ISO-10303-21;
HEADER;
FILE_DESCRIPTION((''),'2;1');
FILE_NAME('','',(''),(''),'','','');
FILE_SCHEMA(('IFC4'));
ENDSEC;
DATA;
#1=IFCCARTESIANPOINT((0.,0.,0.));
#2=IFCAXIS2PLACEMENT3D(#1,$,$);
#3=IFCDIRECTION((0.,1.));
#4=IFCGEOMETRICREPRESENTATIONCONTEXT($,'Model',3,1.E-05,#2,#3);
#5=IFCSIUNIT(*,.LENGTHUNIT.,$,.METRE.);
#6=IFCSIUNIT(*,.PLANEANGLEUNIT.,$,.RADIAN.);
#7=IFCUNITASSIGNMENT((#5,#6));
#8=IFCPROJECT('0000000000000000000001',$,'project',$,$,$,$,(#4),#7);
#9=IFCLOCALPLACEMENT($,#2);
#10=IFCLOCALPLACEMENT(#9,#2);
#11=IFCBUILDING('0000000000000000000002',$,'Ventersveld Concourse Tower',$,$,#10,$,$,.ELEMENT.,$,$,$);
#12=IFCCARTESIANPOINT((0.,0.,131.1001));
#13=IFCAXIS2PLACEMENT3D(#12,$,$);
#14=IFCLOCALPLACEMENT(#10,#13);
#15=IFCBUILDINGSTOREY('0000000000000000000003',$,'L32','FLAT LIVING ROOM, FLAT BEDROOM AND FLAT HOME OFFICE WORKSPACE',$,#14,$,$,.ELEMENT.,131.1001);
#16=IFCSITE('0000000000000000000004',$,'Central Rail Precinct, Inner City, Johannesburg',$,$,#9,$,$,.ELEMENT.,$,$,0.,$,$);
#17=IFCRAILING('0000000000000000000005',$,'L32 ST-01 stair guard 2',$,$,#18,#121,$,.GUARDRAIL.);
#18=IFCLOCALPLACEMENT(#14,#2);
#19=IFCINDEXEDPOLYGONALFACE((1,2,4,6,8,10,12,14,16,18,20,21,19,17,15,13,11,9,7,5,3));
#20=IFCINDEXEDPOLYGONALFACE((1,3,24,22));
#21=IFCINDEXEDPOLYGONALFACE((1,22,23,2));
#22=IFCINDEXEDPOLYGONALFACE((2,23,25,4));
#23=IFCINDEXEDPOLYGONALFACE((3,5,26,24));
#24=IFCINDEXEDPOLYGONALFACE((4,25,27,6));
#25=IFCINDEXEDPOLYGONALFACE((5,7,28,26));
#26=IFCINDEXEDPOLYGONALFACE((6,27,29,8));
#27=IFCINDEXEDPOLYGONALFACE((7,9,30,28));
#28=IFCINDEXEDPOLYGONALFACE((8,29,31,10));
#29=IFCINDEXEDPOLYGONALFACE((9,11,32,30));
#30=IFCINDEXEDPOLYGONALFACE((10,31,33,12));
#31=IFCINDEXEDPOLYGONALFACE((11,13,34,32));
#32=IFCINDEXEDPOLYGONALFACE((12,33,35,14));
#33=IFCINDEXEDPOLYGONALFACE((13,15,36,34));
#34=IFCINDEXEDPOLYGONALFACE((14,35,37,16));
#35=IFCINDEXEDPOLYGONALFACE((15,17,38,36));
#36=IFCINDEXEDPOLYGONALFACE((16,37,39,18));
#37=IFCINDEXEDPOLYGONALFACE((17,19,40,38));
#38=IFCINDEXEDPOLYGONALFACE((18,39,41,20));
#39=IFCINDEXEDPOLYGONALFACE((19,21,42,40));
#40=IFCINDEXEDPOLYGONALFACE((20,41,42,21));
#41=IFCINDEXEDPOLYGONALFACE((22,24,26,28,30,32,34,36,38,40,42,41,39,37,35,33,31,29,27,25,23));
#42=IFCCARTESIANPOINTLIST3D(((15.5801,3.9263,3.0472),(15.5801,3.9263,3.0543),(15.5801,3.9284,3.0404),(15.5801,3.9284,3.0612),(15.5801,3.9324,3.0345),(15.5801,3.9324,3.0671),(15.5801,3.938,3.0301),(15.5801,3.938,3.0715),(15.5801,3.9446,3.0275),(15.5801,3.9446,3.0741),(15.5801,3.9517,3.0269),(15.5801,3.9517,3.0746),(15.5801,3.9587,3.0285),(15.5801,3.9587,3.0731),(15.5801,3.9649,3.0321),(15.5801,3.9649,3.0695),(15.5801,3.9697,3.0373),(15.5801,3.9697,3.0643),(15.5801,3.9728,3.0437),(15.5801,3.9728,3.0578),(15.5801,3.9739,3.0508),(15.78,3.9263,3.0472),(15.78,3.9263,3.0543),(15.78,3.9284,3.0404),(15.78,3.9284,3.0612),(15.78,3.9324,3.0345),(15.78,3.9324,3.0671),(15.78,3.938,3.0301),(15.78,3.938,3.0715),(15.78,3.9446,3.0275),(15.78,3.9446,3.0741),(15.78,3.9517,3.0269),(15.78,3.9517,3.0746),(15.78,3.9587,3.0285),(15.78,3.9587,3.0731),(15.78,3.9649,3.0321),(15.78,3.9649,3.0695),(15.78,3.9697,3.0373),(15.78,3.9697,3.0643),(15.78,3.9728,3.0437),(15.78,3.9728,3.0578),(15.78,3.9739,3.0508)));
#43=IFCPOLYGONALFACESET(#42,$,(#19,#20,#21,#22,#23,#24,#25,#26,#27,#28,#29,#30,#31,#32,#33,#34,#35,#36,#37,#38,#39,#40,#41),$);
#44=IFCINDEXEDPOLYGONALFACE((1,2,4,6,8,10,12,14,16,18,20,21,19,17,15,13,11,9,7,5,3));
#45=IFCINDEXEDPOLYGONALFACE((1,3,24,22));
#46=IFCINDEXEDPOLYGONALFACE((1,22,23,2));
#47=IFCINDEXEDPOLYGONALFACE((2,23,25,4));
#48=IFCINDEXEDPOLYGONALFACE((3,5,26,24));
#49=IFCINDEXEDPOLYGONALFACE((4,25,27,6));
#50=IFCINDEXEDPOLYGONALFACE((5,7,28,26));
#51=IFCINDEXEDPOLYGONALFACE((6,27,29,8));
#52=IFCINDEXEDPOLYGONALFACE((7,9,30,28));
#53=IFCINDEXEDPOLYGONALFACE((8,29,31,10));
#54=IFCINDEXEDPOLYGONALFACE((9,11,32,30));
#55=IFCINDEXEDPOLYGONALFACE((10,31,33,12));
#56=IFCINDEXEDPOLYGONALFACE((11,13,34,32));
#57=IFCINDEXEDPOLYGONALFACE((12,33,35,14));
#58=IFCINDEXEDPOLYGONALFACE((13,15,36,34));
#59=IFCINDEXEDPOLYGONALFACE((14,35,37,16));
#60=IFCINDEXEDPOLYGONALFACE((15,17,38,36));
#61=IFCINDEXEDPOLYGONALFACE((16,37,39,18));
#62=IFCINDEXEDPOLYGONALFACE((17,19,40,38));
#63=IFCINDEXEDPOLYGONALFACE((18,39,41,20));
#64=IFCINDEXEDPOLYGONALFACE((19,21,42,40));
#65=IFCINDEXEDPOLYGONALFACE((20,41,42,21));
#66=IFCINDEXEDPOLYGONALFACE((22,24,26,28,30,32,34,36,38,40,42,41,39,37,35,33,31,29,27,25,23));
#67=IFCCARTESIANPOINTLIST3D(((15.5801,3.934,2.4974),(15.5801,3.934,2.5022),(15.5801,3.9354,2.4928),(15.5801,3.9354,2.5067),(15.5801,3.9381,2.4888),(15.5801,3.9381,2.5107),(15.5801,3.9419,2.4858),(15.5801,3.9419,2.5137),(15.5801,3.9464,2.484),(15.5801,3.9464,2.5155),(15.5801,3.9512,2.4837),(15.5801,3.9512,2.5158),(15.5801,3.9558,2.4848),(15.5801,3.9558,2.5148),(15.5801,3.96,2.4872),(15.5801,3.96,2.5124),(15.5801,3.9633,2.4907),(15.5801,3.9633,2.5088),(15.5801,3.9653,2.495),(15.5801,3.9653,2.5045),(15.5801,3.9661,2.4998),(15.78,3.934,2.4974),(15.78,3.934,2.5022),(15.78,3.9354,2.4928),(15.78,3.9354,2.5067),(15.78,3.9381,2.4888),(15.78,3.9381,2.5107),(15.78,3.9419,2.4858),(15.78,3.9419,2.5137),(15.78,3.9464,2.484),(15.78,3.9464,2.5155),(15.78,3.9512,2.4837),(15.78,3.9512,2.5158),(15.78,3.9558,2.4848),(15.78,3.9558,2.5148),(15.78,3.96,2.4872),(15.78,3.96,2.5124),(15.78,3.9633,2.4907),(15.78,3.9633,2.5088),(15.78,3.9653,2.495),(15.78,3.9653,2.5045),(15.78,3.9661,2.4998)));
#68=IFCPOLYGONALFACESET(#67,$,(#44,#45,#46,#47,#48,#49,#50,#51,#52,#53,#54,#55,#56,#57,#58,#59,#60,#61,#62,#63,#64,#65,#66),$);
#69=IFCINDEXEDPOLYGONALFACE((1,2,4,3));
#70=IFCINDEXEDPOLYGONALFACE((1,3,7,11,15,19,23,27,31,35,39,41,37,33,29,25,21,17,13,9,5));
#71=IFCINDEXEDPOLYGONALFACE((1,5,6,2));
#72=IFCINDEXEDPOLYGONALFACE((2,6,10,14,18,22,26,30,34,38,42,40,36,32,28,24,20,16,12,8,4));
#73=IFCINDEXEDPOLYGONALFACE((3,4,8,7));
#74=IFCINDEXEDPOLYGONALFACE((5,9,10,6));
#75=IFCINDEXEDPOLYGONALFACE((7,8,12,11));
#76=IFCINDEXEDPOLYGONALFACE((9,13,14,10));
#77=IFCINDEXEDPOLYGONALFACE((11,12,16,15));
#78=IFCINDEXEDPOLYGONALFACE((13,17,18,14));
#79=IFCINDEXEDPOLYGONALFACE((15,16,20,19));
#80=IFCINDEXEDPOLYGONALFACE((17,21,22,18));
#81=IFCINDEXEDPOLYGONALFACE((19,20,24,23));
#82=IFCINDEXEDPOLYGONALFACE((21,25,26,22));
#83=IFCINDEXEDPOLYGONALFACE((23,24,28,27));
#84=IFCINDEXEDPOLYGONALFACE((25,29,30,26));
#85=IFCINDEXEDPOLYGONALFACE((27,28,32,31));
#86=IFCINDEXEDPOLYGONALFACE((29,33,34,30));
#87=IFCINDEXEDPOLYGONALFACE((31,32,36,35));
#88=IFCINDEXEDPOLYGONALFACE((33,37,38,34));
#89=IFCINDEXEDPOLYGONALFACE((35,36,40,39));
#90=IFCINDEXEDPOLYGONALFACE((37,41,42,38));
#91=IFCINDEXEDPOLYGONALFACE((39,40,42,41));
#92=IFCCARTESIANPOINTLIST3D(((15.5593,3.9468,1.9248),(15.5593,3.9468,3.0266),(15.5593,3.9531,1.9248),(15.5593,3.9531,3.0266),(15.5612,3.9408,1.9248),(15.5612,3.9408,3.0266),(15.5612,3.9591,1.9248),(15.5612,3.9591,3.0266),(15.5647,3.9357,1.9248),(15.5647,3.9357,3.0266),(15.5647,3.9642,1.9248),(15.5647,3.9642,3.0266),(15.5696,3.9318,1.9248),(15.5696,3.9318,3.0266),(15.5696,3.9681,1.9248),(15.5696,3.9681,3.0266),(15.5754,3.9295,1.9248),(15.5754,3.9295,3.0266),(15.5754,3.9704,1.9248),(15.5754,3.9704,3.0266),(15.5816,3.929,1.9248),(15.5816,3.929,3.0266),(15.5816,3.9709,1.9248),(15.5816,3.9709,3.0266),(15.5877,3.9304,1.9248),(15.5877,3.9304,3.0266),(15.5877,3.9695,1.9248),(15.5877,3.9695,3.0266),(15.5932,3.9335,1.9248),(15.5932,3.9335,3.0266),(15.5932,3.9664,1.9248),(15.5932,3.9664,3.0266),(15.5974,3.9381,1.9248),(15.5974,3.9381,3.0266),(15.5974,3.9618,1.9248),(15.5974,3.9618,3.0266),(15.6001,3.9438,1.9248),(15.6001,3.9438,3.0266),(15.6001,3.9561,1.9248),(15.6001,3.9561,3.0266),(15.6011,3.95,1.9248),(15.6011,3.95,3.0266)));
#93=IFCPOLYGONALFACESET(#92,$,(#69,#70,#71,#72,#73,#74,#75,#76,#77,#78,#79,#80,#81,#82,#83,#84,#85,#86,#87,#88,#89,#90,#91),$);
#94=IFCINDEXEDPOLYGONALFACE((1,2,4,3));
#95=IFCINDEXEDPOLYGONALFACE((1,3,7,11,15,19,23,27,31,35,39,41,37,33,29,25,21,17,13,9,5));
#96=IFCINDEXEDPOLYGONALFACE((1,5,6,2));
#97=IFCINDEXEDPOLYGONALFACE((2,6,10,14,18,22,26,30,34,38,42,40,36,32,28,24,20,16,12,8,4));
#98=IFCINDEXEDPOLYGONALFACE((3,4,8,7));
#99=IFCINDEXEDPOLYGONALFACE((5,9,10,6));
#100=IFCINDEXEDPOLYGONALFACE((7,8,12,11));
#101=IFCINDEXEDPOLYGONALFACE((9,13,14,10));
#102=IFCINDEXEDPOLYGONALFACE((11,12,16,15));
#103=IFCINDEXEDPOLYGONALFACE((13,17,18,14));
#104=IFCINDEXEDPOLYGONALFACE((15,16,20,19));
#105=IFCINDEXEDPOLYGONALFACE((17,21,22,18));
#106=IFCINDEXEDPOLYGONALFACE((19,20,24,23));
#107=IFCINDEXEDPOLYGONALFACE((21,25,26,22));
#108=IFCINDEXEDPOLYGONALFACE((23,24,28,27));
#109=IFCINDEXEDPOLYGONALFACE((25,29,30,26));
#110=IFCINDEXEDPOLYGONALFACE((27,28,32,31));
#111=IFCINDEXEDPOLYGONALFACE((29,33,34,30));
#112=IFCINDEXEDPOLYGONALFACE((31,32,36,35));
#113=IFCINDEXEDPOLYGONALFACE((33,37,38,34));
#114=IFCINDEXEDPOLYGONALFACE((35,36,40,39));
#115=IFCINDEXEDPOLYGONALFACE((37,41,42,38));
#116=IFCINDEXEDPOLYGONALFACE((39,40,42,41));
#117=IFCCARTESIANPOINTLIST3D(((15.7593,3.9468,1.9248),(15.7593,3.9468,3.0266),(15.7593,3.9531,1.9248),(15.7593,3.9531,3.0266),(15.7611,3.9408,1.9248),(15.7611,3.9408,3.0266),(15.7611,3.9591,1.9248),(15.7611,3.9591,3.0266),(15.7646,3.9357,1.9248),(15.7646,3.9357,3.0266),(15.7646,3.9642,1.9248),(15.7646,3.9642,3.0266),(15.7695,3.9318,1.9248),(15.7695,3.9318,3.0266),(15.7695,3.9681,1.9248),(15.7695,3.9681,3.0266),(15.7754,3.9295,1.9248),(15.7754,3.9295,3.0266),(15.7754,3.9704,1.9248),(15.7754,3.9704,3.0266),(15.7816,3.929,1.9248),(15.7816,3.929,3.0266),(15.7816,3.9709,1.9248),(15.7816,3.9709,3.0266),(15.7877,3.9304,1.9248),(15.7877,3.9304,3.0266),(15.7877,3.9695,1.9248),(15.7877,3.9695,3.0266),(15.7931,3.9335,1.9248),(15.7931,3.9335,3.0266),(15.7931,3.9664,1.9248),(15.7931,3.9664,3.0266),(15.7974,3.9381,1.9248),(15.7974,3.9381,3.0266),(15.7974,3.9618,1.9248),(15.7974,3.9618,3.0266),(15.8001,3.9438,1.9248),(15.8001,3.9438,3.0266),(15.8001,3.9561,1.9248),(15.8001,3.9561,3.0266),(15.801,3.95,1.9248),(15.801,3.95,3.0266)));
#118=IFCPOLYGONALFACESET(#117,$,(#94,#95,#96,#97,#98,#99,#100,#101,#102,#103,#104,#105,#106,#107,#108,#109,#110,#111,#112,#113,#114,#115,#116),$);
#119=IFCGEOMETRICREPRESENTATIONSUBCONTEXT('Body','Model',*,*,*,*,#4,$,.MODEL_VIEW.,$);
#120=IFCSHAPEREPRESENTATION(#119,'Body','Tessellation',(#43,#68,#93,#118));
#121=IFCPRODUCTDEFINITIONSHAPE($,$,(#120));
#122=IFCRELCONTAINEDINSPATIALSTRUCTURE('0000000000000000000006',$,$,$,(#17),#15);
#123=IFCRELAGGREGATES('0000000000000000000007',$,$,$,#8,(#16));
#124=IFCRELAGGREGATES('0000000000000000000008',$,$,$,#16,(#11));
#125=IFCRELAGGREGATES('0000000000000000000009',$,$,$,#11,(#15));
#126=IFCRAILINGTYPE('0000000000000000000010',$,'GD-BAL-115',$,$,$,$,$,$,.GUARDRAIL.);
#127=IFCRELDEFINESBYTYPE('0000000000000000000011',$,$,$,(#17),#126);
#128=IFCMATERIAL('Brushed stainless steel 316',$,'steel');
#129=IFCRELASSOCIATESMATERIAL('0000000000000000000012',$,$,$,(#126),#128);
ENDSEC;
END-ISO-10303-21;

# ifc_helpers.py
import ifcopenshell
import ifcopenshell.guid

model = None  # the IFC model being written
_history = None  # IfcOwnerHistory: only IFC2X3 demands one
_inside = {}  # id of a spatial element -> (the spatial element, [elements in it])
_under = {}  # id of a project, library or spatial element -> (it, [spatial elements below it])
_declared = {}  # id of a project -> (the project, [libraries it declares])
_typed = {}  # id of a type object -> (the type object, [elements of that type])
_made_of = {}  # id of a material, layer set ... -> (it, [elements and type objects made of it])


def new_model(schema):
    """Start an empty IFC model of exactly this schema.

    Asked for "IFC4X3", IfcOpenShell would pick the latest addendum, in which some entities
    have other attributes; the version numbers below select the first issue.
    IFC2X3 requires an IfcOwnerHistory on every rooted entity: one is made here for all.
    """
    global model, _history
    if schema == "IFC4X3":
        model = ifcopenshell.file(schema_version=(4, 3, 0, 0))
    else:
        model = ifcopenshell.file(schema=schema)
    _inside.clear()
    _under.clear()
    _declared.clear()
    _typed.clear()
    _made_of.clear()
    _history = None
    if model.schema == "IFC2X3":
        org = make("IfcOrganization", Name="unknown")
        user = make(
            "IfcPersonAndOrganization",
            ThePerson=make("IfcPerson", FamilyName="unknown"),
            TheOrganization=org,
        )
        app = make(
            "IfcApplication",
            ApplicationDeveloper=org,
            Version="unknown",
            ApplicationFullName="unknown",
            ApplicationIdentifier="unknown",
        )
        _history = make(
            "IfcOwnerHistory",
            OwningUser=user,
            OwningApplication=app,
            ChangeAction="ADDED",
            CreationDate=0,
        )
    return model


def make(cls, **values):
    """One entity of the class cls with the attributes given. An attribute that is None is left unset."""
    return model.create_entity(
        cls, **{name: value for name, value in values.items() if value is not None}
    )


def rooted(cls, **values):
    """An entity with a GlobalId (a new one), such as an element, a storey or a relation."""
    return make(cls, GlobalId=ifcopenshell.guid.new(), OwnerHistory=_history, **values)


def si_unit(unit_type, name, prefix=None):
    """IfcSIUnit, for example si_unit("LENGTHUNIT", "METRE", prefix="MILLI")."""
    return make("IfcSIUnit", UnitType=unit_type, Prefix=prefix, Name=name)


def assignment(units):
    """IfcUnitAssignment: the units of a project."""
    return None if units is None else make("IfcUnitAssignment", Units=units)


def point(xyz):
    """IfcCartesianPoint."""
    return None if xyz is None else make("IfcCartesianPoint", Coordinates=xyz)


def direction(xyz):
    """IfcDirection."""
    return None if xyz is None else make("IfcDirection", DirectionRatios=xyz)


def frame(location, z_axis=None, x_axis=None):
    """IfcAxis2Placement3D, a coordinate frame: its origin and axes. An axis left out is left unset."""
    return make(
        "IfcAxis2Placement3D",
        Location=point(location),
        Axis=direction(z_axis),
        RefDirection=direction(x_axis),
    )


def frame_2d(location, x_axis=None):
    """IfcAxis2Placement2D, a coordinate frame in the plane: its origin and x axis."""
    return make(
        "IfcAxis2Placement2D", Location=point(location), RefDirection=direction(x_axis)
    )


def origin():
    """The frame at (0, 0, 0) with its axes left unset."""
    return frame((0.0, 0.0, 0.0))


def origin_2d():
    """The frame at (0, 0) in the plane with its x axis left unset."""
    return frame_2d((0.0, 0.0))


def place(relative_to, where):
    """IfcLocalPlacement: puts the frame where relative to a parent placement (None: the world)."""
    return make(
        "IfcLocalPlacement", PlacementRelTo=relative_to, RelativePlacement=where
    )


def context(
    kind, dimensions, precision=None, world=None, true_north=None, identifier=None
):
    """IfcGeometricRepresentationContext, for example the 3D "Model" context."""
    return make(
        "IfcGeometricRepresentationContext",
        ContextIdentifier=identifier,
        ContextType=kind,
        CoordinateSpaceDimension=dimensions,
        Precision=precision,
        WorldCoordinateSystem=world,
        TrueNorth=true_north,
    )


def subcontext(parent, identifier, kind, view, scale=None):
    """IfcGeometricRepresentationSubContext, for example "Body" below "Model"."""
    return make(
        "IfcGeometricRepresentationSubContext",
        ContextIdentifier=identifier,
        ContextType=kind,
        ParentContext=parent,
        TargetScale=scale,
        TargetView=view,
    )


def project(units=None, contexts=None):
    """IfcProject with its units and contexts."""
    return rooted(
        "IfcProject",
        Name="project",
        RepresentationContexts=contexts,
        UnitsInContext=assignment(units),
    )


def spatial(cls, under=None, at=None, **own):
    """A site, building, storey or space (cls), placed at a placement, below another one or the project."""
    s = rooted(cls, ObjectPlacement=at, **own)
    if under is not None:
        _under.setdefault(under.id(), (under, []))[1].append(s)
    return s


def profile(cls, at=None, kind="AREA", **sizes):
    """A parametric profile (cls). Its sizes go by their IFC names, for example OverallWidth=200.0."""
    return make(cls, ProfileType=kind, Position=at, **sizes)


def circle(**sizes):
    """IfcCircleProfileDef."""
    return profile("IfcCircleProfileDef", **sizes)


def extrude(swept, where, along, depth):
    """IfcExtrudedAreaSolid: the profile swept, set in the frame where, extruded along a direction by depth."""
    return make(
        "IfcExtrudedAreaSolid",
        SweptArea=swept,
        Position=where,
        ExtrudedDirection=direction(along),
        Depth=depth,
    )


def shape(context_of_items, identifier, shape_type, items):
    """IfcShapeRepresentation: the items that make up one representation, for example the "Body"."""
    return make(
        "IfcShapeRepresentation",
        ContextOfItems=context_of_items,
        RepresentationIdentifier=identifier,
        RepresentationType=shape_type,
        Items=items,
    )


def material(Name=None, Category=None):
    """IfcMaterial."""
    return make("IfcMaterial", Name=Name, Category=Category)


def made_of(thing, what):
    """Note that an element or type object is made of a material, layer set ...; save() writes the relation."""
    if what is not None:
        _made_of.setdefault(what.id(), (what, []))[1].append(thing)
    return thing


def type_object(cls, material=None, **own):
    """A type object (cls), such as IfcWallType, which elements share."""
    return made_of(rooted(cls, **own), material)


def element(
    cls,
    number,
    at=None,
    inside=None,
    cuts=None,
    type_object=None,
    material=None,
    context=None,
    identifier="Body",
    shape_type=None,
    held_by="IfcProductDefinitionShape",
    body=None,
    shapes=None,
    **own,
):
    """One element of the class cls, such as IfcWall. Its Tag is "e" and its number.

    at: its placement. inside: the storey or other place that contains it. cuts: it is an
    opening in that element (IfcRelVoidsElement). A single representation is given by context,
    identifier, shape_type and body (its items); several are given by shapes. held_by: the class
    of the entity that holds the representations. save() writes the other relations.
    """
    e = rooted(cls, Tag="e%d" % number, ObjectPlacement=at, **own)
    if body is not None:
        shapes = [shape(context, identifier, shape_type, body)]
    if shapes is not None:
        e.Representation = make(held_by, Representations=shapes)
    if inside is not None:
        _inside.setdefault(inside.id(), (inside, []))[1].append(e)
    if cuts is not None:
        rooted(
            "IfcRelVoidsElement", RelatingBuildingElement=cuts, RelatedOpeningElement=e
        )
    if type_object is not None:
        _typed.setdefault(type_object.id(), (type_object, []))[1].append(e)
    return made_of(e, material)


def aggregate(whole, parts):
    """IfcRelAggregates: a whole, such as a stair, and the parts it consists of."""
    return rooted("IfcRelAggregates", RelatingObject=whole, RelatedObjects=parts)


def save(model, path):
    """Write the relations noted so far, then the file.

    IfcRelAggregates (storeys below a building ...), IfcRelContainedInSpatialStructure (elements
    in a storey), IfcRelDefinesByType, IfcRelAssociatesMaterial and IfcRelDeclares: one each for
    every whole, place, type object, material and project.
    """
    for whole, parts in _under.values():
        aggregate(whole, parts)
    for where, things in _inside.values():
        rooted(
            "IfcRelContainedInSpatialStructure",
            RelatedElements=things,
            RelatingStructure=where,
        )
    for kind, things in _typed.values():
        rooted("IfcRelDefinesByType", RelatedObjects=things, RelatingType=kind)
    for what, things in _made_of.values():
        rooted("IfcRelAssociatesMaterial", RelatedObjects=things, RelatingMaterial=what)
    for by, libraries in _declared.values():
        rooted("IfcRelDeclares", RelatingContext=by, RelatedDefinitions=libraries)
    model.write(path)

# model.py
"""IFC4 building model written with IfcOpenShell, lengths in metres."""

from ifc_helpers import new_model, si_unit, direction, frame, origin, origin_2d, place, context, subcontext, project, spatial, circle, extrude, material, type_object, element, save


model = new_model("IFC4")

# Units and contexts
model_context = context("Model", 3, precision=1e-05, world=origin(), true_north=direction((0.0, 1.0)))
body_context = subcontext(model_context, "Body", "Model", "MODEL_VIEW")
ifc_project = project(units=[si_unit("LENGTHUNIT", "METRE"), si_unit("PLANEANGLEUNIT", "RADIAN")], contexts=[model_context])

# Site, building, storey
site_placement = place(None, origin())
site = spatial("IfcSite", under=ifc_project, at=site_placement, Name="Central Rail Precinct, Inner City, Johannesburg", CompositionType="ELEMENT", RefElevation=0.0)
building_placement = place(site_placement, origin())
building = spatial("IfcBuilding", under=site, at=building_placement, Name="Ventersveld Concourse Tower", CompositionType="ELEMENT")
storey_placement = place(building_placement, frame((0.0, 0.0, 131.1001)))
storey = spatial("IfcBuildingStorey", under=building, at=storey_placement, Name="L32", Description="FLAT LIVING ROOM, FLAT BEDROOM AND FLAT HOME OFFICE WORKSPACE", CompositionType="ELEMENT", Elevation=131.1001)

# Railing
ifc_material_1 = material(Name="Brushed stainless steel 316", Category="steel")
railing_type_1 = type_object("IfcRailingType", Name="GD-BAL-115", PredefinedType="GUARDRAIL", material=ifc_material_1)
for number, where, name in (
    (1, (15.5801, 3.95, 1.9248), "L32 ST-01 stair guard 2"),
):
    element("IfcRailing", number, at=place(storey_placement, frame(where)), inside=storey, type_object=railing_type_1, Name=name, PredefinedType="GUARDRAIL", context=body_context, shape_type="SweptSolid", body=[
        extrude(circle(Radius=0.0239, at=origin_2d()), frame((0.0, 0.0, 1.126), z_axis=(1.0, 0.0, 0.0), x_axis=(0.0, 1.0, 0.0)), (0.0, 0.0, 1.0), 0.2),
        extrude(circle(Radius=0.0161, at=origin_2d()), frame((0.0, 0.0, 0.575), z_axis=(1.0, 0.0, 0.0), x_axis=(0.0, 1.0, 0.0)), (0.0, 0.0, 1.0), 0.2),
        extrude(circle(Radius=0.021, at=origin_2d()), origin(), (0.0, 0.0, 1.0), 1.1018),
        extrude(circle(Radius=0.021, at=origin_2d()), frame((0.2, 0.0, 0.0)), (0.0, 0.0, 1.0), 1.1018),
    ])

save(model, "model.ifc")
